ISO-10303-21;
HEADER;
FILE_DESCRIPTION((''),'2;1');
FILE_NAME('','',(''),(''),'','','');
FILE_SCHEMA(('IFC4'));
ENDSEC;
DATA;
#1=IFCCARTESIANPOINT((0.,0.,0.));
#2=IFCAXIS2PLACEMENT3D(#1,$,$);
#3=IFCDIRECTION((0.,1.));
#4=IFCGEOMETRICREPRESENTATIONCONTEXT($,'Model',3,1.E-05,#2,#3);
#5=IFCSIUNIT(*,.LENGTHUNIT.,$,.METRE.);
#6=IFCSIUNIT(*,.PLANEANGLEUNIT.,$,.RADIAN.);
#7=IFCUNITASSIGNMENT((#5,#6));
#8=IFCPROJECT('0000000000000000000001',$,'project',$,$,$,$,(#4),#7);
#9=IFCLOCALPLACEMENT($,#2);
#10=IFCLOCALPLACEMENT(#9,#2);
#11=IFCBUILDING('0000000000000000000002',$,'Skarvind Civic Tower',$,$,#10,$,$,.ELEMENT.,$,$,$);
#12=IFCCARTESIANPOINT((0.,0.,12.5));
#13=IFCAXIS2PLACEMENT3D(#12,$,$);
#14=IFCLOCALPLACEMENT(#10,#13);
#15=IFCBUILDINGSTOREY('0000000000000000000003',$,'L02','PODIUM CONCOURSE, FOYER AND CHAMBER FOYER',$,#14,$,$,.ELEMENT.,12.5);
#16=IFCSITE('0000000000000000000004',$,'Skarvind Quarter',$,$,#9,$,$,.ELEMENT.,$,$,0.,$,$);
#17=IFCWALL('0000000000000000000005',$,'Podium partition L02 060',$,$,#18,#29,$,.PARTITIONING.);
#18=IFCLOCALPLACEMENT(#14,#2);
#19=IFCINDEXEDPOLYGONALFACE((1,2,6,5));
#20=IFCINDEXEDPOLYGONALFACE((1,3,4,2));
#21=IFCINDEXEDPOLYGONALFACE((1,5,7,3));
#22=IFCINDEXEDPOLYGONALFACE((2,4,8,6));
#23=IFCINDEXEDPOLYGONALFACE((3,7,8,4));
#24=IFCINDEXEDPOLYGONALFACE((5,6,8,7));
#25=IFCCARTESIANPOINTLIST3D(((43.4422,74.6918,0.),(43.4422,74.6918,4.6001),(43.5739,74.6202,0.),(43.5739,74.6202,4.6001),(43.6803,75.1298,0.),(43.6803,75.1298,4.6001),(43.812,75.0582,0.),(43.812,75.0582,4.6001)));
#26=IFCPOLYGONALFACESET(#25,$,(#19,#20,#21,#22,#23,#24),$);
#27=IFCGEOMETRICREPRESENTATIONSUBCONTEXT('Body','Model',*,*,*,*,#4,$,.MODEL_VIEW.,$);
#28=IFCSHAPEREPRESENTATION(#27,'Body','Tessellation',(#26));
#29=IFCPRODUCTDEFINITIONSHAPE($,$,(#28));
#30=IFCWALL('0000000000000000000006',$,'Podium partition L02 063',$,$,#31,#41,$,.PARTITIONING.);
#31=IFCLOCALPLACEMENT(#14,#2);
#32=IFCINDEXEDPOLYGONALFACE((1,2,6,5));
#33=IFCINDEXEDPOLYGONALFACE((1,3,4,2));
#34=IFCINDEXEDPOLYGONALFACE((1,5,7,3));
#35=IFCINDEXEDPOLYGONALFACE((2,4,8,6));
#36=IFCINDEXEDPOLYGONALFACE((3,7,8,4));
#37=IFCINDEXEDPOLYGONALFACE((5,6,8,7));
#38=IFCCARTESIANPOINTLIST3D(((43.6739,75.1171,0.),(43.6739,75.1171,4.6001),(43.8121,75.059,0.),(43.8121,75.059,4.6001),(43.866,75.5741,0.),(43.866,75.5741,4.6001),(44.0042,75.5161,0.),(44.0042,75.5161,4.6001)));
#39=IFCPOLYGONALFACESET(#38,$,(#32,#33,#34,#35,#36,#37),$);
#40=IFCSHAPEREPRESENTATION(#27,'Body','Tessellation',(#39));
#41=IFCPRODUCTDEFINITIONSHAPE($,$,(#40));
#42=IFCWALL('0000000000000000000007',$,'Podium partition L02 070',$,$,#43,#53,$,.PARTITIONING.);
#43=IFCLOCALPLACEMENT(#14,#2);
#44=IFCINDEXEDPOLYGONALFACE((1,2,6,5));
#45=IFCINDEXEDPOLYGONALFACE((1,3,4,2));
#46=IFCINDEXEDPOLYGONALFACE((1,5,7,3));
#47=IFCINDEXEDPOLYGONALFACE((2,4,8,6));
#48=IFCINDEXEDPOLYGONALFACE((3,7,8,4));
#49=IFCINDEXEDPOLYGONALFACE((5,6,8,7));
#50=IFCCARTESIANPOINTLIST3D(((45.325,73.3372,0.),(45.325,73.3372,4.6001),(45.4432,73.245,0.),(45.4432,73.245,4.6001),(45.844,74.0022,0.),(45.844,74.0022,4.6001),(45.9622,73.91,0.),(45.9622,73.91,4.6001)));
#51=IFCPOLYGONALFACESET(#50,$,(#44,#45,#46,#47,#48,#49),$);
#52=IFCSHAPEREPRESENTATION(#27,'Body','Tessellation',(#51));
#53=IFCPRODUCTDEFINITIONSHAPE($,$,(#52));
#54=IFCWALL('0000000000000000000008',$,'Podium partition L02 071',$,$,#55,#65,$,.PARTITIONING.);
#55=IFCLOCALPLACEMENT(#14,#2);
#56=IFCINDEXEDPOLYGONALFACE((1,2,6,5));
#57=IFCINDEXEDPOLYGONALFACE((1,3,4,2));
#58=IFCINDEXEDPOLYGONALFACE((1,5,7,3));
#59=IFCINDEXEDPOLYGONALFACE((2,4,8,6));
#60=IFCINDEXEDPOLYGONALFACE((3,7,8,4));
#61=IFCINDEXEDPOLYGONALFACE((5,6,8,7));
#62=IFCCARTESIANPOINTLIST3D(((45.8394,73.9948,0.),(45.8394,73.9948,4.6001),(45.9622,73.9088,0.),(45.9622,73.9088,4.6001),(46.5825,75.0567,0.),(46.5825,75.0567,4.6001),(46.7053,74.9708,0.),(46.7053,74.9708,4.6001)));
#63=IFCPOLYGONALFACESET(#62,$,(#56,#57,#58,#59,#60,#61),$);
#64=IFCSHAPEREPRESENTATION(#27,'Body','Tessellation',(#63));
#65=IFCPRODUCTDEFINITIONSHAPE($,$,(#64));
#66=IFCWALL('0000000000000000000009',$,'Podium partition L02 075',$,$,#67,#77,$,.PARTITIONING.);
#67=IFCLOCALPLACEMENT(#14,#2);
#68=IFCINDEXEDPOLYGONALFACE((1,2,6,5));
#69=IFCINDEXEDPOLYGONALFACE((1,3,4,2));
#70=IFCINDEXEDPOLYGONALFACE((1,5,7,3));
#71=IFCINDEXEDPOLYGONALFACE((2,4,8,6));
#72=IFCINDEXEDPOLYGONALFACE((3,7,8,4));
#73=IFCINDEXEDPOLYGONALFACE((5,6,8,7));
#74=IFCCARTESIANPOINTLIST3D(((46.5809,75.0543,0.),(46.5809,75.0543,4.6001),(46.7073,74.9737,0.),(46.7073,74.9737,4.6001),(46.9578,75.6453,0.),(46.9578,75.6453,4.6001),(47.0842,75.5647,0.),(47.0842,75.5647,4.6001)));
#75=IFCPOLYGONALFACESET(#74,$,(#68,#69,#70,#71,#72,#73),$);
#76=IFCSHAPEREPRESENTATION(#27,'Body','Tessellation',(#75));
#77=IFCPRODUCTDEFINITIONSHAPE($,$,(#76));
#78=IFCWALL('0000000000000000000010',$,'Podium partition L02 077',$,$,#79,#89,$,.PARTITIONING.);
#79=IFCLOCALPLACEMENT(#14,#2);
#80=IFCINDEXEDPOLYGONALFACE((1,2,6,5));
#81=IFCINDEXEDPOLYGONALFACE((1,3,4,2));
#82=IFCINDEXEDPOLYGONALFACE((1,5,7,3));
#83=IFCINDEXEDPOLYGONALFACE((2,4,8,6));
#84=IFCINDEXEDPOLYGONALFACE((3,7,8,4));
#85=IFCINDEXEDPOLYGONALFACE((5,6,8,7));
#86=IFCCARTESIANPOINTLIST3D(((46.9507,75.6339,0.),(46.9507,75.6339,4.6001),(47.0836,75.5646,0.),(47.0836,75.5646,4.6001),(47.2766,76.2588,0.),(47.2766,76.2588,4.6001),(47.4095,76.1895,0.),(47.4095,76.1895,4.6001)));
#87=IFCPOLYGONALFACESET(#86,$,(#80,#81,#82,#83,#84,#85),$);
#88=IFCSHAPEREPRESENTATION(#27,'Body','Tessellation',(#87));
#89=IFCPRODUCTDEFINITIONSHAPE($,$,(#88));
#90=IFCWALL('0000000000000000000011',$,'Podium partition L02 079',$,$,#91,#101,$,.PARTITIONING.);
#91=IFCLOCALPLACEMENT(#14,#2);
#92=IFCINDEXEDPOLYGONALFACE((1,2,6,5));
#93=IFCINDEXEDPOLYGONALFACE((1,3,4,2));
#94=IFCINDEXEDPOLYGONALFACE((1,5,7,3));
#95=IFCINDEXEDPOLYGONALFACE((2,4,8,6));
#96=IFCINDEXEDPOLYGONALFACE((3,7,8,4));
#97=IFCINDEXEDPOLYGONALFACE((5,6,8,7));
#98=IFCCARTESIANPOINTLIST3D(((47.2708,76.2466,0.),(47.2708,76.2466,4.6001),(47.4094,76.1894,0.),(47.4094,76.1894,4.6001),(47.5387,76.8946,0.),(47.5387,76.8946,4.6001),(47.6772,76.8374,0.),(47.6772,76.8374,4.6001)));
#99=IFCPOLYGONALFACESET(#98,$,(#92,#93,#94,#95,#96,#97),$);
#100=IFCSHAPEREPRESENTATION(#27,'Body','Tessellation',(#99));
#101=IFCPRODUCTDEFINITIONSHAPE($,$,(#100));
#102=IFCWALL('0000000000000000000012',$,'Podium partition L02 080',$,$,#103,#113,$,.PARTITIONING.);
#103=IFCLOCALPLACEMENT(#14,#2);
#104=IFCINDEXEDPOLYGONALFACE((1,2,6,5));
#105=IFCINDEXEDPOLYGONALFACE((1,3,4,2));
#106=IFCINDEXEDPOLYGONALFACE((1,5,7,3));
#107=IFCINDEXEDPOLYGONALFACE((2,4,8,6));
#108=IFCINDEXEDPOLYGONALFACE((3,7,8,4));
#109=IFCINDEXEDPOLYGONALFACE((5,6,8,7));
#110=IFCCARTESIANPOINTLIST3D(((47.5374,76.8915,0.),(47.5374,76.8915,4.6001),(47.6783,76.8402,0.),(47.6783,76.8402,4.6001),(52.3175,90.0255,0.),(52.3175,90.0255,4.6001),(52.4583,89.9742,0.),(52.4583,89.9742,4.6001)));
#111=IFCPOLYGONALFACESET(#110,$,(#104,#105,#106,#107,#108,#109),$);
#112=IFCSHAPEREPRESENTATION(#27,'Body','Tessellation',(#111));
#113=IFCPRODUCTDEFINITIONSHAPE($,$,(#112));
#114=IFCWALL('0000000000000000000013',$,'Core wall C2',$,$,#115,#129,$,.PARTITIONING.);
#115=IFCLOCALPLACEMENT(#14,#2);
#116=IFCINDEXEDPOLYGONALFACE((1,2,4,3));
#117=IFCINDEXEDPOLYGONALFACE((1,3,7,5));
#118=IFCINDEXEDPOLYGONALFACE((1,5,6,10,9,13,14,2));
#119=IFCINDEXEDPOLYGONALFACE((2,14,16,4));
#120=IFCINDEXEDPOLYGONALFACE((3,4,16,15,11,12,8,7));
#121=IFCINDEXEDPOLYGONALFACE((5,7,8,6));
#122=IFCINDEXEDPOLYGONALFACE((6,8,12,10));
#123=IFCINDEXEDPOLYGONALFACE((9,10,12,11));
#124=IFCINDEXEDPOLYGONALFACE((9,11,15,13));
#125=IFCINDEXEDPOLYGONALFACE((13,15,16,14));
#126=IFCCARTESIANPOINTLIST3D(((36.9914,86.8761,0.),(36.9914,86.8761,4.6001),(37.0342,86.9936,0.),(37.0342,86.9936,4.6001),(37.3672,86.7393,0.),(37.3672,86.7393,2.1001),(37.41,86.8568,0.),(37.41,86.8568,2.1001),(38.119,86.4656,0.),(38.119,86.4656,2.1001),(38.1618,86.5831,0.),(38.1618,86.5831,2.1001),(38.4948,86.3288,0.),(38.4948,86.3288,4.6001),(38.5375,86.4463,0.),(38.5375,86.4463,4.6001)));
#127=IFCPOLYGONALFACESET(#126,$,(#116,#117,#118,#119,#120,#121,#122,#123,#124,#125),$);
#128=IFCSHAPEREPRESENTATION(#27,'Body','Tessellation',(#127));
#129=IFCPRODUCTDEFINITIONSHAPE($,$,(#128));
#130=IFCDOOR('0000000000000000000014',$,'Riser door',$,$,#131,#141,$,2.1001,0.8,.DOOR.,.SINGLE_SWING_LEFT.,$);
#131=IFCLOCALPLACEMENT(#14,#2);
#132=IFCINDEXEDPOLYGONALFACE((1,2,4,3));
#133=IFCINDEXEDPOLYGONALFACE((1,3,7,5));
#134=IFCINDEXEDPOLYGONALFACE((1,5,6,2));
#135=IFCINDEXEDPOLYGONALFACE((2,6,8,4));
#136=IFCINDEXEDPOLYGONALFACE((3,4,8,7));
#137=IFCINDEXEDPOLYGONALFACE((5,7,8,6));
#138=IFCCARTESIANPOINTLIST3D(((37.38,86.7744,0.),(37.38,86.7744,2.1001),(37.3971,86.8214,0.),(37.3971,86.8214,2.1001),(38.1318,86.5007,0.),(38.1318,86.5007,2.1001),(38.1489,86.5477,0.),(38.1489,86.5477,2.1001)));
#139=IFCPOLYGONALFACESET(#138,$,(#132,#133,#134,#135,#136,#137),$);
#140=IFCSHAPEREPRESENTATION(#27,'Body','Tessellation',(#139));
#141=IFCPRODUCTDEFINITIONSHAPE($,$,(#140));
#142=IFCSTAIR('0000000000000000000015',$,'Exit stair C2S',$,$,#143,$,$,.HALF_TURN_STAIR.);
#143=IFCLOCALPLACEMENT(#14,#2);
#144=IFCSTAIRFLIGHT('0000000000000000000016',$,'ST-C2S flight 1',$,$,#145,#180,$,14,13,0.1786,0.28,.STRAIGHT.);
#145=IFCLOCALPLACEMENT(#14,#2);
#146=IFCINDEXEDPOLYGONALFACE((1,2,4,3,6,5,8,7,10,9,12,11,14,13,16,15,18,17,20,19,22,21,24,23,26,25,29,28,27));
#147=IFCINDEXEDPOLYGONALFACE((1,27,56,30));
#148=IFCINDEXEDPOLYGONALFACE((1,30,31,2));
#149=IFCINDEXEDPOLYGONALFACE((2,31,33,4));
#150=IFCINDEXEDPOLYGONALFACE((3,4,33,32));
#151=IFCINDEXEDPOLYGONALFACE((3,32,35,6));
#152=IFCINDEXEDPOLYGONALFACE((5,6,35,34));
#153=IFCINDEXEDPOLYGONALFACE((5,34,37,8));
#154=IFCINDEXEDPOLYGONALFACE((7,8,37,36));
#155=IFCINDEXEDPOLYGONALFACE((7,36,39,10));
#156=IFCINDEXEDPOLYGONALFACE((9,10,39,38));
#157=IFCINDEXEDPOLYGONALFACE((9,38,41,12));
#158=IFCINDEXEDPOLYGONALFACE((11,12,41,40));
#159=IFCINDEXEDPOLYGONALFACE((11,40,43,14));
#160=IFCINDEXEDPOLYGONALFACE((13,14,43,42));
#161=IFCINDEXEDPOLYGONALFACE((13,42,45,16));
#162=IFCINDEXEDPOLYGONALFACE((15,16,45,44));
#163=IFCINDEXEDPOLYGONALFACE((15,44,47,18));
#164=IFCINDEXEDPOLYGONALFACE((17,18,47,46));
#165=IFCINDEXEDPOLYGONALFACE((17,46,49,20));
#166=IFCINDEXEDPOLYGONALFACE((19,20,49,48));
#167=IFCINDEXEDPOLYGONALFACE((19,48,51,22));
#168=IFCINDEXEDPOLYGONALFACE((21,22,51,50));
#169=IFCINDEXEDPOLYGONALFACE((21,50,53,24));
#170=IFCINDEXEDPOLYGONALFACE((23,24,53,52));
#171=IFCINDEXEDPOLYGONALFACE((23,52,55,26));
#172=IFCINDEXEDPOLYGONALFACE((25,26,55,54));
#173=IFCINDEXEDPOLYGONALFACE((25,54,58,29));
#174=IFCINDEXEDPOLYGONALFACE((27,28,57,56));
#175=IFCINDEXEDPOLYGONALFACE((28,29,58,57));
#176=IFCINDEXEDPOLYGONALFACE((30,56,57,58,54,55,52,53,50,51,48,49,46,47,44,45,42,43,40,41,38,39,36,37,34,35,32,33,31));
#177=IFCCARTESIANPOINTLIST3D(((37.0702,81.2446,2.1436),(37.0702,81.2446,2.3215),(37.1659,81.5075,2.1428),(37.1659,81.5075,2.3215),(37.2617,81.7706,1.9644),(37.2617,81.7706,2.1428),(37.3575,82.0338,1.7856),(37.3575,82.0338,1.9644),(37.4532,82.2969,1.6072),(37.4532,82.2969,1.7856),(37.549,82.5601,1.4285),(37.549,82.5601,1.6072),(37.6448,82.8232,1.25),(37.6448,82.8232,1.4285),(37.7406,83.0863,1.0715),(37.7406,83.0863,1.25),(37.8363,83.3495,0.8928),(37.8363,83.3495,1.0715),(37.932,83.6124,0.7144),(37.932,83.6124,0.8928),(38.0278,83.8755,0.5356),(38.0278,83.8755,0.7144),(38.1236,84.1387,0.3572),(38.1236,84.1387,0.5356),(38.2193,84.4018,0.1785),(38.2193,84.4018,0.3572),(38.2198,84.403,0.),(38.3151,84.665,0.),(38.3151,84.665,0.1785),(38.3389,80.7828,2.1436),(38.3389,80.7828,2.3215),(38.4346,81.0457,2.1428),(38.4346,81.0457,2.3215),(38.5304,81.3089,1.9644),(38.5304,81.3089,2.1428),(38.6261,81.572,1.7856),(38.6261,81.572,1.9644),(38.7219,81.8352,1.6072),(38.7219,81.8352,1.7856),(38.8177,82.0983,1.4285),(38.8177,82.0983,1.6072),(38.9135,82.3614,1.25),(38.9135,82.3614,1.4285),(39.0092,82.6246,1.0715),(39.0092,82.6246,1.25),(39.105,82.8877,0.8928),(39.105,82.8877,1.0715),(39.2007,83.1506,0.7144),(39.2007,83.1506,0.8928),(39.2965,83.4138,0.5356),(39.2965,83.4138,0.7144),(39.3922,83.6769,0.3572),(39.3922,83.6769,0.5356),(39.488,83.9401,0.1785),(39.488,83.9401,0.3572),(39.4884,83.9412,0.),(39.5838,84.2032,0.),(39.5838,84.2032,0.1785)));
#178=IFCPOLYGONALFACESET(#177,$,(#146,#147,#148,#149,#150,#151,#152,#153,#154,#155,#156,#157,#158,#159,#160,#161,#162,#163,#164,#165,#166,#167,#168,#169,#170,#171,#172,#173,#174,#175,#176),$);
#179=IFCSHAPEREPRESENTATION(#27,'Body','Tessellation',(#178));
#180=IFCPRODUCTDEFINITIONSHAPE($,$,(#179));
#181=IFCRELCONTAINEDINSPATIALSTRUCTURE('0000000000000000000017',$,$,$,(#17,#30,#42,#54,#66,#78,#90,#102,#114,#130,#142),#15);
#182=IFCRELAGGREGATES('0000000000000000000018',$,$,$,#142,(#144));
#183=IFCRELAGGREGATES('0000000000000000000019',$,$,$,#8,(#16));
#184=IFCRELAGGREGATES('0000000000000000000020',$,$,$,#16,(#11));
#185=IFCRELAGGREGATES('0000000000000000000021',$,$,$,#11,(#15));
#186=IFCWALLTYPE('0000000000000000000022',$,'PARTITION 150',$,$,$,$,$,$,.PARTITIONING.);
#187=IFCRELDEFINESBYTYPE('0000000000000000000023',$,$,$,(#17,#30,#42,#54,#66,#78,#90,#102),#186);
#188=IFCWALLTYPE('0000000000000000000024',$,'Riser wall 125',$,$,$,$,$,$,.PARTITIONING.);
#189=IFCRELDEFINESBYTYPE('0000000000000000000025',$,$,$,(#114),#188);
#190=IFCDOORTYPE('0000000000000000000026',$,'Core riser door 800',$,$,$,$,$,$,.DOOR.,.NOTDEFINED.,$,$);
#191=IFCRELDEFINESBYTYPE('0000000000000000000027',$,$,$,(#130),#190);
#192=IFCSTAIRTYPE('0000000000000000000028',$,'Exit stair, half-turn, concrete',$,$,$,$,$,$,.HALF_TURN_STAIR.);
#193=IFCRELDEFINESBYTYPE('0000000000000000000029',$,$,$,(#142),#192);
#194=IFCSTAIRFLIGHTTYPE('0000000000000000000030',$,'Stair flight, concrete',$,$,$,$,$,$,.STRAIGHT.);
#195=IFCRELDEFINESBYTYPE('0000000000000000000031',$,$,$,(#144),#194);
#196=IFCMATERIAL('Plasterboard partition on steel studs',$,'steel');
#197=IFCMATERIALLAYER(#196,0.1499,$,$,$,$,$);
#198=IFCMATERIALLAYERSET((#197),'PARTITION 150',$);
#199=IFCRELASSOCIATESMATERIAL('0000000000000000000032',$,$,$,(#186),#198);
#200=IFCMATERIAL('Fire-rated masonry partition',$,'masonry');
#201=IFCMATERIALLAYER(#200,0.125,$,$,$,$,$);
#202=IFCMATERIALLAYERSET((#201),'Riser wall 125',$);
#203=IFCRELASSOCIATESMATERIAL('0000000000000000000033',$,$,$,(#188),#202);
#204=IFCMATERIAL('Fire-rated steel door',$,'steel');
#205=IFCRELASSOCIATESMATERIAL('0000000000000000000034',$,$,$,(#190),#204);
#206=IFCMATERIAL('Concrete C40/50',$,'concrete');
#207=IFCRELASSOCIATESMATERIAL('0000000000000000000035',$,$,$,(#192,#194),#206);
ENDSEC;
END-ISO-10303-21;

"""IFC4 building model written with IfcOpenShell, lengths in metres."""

from ifc_helpers import new_model, si_unit, direction, frame, frame_2d, origin, place, context, subcontext, project, spatial, polyline, rectangle, outline, extrude, material, layer, layer_set, type_object, element, fill, aggregate, save


model = new_model("IFC4")

# Units and contexts
model_context = context("Model", 3, precision=1e-05, world=origin(), true_north=direction((0.0, 1.0)))
body_context = subcontext(model_context, "Body", "Model", "MODEL_VIEW")
ifc_project = project(units=[si_unit("LENGTHUNIT", "METRE"), si_unit("PLANEANGLEUNIT", "RADIAN")], contexts=[model_context])

# Site, building, storey
site_placement = place(None, origin())
site = spatial("IfcSite", under=ifc_project, at=site_placement, Name="Skarvind Quarter", CompositionType="ELEMENT", RefElevation=0.0)
building_placement = place(site_placement, origin())
building = spatial("IfcBuilding", under=site, at=building_placement, Name="Skarvind Civic Tower", CompositionType="ELEMENT")
storey_placement = place(building_placement, frame((0.0, 0.0, 12.5)))
storey = spatial("IfcBuildingStorey", under=building, at=storey_placement, Name="L02", Description="PODIUM CONCOURSE, FOYER AND CHAMBER FOYER", CompositionType="ELEMENT", Elevation=12.5)

# Shared definitions
ifc_material_1 = material(Name="Fire-rated steel door", Category="steel")

# Walls
ifc_material_2 = material(Name="Plasterboard partition on steel studs", Category="steel")
ifc_layer_1 = layer(ifc_material_2, 0.1499)
ifc_layer_set_1 = layer_set([ifc_layer_1], Name="PARTITION 150")
wall_type_1 = type_object("IfcWallType", Name="PARTITION 150", PredefinedType="PARTITIONING", material=ifc_layer_set_1)
wall_1_placement = place(storey_placement, frame((43.5081, 74.656, 0.0), z_axis=(0.0, 0.0, 1.0), x_axis=(0.477513, 0.878625, 0.0)))
element("IfcWall", 1, at=wall_1_placement, inside=storey, type_object=wall_type_1, Name="Podium partition L02 060", PredefinedType="PARTITIONING", context=body_context, shape_type="SweptSolid", body=[
    extrude(rectangle(XDim=0.4985, YDim=0.1499, at=frame_2d((0.2493, 0.0))), origin(), (0.0, 0.0, 1.0), 4.6001),
])
wall_2_placement = place(storey_placement, frame((43.7429, 75.0879, 0.0), z_axis=(0.0, 0.0, 1.0), x_axis=(0.387551, 0.921848, 0.0)))
element("IfcWall", 2, at=wall_2_placement, inside=storey, type_object=wall_type_1, Name="Podium partition L02 063", PredefinedType="PARTITIONING", context=body_context, shape_type="SweptSolid", body=[
    extrude(rectangle(XDim=0.4958, YDim=0.1499, at=frame_2d((0.248, 0.0))), origin(), (0.0, 0.0, 1.0), 4.6001),
])
wall_3_placement = place(storey_placement, frame((45.384, 73.291, 0.0), z_axis=(0.0, 0.0, 1.0), x_axis=(0.615262, 0.788323, 0.0)))
element("IfcWall", 3, at=wall_3_placement, inside=storey, type_object=wall_type_1, Name="Podium partition L02 070", PredefinedType="PARTITIONING", context=body_context, shape_type="SweptSolid", body=[
    extrude(rectangle(XDim=0.8435, YDim=0.1499, at=frame_2d((0.4219, 0.0))), origin(), (0.0, 0.0, 1.0), 4.6001),
])
wall_4_placement = place(storey_placement, frame((45.9009, 73.9519, 0.0), z_axis=(0.0, 0.0, 1.0), x_axis=(0.573336, 0.81932, 0.0)))
element("IfcWall", 4, at=wall_4_placement, inside=storey, type_object=wall_type_1, Name="Podium partition L02 071", PredefinedType="PARTITIONING", context=body_context, shape_type="SweptSolid", body=[
    extrude(rectangle(XDim=1.2961, YDim=0.1499, at=frame_2d((0.6479, 0.0))), origin(), (0.0, 0.0, 1.0), 4.6001),
])
wall_5_placement = place(storey_placement, frame((46.644, 75.0139, 0.0), z_axis=(0.0, 0.0, 1.0), x_axis=(0.537709, 0.84313, 0.0)))
element("IfcWall", 5, at=wall_5_placement, inside=storey, type_object=wall_type_1, Name="Podium partition L02 075", PredefinedType="PARTITIONING", context=body_context, shape_type="SweptSolid", body=[
    extrude(rectangle(XDim=0.7009, YDim=0.1499, at=frame_2d((0.3506, 0.0))), origin(), (0.0, 0.0, 1.0), 4.6001),
])
wall_6_placement = place(storey_placement, frame((47.0171, 75.5991, 0.0), z_axis=(0.0, 0.0, 1.0), x_axis=(0.462388, 0.886677, 0.0)))
element("IfcWall", 6, at=wall_6_placement, inside=storey, type_object=wall_type_1, Name="Podium partition L02 077", PredefinedType="PARTITIONING", context=body_context, shape_type="SweptSolid", body=[
    extrude(rectangle(XDim=0.7048, YDim=0.1499, at=frame_2d((0.3525, 0.0))), origin(), (0.0, 0.0, 1.0), 4.6001),
])
wall_7_placement = place(storey_placement, frame((47.3401, 76.218, 0.0), z_axis=(0.0, 0.0, 1.0), x_axis=(0.381993, 0.924165, 0.0)))
element("IfcWall", 7, at=wall_7_placement, inside=storey, type_object=wall_type_1, Name="Podium partition L02 079", PredefinedType="PARTITIONING", context=body_context, shape_type="SweptSolid", body=[
    extrude(rectangle(XDim=0.7012, YDim=0.1499, at=frame_2d((0.3506, 0.0))), origin(), (0.0, 0.0, 1.0), 4.6001),
])
wall_8_placement = place(storey_placement, frame((47.6079, 76.866, 0.0), z_axis=(0.0, 0.0, 1.0), x_axis=(0.341997, 0.939701, 0.0)))
element("IfcWall", 8, at=wall_8_placement, inside=storey, type_object=wall_type_1, Name="Podium partition L02 080", PredefinedType="PARTITIONING", context=body_context, shape_type="SweptSolid", body=[
    extrude(rectangle(XDim=13.9768, YDim=0.1499, at=frame_2d((6.9883, 0.0))), origin(), (0.0, 0.0, 1.0), 4.6001),
])

# Wall, opening, door
ifc_material_3 = material(Name="Fire-rated masonry partition", Category="masonry")
ifc_layer_2 = layer(ifc_material_3, 0.125)
ifc_layer_set_2 = layer_set([ifc_layer_2], Name="Riser wall 125")
wall_type_2 = type_object("IfcWallType", Name="Riser wall 125", PredefinedType="PARTITIONING", material=ifc_layer_set_2)
wall_9_placement = place(storey_placement, frame((37.0129, 86.9348, 0.0), z_axis=(0.0, 0.0, 1.0), x_axis=(0.93966, -0.342111, 0.0)))
wall_9 = element("IfcWall", 9, at=wall_9_placement, inside=storey, type_object=wall_type_2, Name="Core wall C2", PredefinedType="PARTITIONING", context=body_context, shape_type="SweptSolid", body=[
    extrude(rectangle(XDim=1.5999, YDim=0.125, at=frame_2d((0.7998, 0.0))), origin(), (0.0, 0.0, 1.0), 4.6001),
])
opening_1_placement = place(wall_9_placement, frame((0.3999, 0.0, 0.0)))
opening_1 = element("IfcOpeningElement", 10, at=opening_1_placement, cuts=wall_9, PredefinedType="OPENING", context=body_context, shape_type="SweptSolid", body=[
    extrude(rectangle(XDim=0.8, YDim=2.1001, at=frame_2d((0.3999, 1.05))), frame((0.0, 0.0725, 0.0), z_axis=(0.0, -1.0, 0.0), x_axis=(1.0, 0.0, 0.0)), (0.0, 0.0, 1.0), 0.145),
])
door_type_1 = type_object("IfcDoorType", Name="Core riser door 800", OperationType="NOTDEFINED", PredefinedType="DOOR", material=ifc_material_1)
door_1_placement = place(opening_1_placement, origin())
door_1 = element("IfcDoor", 11, at=door_1_placement, inside=storey, type_object=door_type_1, Name="Riser door", OperationType="SINGLE_SWING_LEFT", OverallHeight=2.1001, OverallWidth=0.8, PredefinedType="DOOR", context=body_context, shape_type="SweptSolid", body=[
    extrude(rectangle(XDim=0.8, YDim=2.1001, at=frame_2d((0.3999, 1.05))), frame((0.0, 0.0249, 0.0), z_axis=(0.0, -1.0, 0.0), x_axis=(1.0, 0.0, 0.0)), (0.0, 0.0, 1.0), 0.05),
])
fill(opening_1, door_1)

# Stair, stair flight
ifc_material_4 = material(Name="Concrete C40/50", Category="concrete")
stair_type = type_object("IfcStairType", Name="Exit stair, half-turn, concrete", PredefinedType="HALF_TURN_STAIR", material=ifc_material_4)
stair_placement = place(storey_placement, origin())
stair = element("IfcStair", 12, at=stair_placement, inside=storey, type_object=stair_type, Name="Exit stair C2S", PredefinedType="HALF_TURN_STAIR")
stair_flight_type = type_object("IfcStairFlightType", Name="Stair flight, concrete", PredefinedType="STRAIGHT", material=ifc_material_4)
stair_flight_1_placement = place(storey_placement, frame((38.9495, 84.4341, 0.0), z_axis=(0.0, 0.0, 1.0), x_axis=(-0.34202, -0.939693, 0.0)))
stair_flight_1 = element("IfcStairFlight", 13, at=stair_flight_1_placement, type_object=stair_flight_type, Name="ST-C2S flight 1", NumberOfRisers=14, NumberOfTreads=13, PredefinedType="STRAIGHT", RiserHeight=0.1786, TreadLength=0.28, context=body_context, shape_type="SweptSolid", body=[
    extrude(outline(polyline([(0.0, 0.0), (0.0, 0.1785), (0.28, 0.1785), (0.28, 0.3572), (0.5601, 0.3572), (0.5601, 0.5356), (0.8401, 0.5356), (0.8401, 0.7144), (1.1201, 0.7144), (1.1201, 0.8928), (1.3999, 0.8928), (1.3999, 1.0715), (1.6799, 1.0715), (1.6799, 1.25), (1.96, 1.25), (1.96, 1.4285), (2.24, 1.4285), (2.24, 1.6072), (2.52, 1.6072), (2.52, 1.7856), (2.8, 1.7856), (2.8, 1.9644), (3.0801, 1.9644), (3.0801, 2.1428), (3.3601, 2.1428), (3.3601, 2.3215), (3.6399, 2.3215), (3.6399, 2.5), (3.6399, 2.1436), (0.2788, 0.0), (0.0, 0.0)])), frame((0.0, 0.675, 0.0), z_axis=(0.0, -1.0, 0.0), x_axis=(1.0, 0.0, 0.0)), (0.0, 0.0, 1.0), 1.3501),
])
aggregate(stair, [stair_flight_1])

save(model, "model.ifc")
